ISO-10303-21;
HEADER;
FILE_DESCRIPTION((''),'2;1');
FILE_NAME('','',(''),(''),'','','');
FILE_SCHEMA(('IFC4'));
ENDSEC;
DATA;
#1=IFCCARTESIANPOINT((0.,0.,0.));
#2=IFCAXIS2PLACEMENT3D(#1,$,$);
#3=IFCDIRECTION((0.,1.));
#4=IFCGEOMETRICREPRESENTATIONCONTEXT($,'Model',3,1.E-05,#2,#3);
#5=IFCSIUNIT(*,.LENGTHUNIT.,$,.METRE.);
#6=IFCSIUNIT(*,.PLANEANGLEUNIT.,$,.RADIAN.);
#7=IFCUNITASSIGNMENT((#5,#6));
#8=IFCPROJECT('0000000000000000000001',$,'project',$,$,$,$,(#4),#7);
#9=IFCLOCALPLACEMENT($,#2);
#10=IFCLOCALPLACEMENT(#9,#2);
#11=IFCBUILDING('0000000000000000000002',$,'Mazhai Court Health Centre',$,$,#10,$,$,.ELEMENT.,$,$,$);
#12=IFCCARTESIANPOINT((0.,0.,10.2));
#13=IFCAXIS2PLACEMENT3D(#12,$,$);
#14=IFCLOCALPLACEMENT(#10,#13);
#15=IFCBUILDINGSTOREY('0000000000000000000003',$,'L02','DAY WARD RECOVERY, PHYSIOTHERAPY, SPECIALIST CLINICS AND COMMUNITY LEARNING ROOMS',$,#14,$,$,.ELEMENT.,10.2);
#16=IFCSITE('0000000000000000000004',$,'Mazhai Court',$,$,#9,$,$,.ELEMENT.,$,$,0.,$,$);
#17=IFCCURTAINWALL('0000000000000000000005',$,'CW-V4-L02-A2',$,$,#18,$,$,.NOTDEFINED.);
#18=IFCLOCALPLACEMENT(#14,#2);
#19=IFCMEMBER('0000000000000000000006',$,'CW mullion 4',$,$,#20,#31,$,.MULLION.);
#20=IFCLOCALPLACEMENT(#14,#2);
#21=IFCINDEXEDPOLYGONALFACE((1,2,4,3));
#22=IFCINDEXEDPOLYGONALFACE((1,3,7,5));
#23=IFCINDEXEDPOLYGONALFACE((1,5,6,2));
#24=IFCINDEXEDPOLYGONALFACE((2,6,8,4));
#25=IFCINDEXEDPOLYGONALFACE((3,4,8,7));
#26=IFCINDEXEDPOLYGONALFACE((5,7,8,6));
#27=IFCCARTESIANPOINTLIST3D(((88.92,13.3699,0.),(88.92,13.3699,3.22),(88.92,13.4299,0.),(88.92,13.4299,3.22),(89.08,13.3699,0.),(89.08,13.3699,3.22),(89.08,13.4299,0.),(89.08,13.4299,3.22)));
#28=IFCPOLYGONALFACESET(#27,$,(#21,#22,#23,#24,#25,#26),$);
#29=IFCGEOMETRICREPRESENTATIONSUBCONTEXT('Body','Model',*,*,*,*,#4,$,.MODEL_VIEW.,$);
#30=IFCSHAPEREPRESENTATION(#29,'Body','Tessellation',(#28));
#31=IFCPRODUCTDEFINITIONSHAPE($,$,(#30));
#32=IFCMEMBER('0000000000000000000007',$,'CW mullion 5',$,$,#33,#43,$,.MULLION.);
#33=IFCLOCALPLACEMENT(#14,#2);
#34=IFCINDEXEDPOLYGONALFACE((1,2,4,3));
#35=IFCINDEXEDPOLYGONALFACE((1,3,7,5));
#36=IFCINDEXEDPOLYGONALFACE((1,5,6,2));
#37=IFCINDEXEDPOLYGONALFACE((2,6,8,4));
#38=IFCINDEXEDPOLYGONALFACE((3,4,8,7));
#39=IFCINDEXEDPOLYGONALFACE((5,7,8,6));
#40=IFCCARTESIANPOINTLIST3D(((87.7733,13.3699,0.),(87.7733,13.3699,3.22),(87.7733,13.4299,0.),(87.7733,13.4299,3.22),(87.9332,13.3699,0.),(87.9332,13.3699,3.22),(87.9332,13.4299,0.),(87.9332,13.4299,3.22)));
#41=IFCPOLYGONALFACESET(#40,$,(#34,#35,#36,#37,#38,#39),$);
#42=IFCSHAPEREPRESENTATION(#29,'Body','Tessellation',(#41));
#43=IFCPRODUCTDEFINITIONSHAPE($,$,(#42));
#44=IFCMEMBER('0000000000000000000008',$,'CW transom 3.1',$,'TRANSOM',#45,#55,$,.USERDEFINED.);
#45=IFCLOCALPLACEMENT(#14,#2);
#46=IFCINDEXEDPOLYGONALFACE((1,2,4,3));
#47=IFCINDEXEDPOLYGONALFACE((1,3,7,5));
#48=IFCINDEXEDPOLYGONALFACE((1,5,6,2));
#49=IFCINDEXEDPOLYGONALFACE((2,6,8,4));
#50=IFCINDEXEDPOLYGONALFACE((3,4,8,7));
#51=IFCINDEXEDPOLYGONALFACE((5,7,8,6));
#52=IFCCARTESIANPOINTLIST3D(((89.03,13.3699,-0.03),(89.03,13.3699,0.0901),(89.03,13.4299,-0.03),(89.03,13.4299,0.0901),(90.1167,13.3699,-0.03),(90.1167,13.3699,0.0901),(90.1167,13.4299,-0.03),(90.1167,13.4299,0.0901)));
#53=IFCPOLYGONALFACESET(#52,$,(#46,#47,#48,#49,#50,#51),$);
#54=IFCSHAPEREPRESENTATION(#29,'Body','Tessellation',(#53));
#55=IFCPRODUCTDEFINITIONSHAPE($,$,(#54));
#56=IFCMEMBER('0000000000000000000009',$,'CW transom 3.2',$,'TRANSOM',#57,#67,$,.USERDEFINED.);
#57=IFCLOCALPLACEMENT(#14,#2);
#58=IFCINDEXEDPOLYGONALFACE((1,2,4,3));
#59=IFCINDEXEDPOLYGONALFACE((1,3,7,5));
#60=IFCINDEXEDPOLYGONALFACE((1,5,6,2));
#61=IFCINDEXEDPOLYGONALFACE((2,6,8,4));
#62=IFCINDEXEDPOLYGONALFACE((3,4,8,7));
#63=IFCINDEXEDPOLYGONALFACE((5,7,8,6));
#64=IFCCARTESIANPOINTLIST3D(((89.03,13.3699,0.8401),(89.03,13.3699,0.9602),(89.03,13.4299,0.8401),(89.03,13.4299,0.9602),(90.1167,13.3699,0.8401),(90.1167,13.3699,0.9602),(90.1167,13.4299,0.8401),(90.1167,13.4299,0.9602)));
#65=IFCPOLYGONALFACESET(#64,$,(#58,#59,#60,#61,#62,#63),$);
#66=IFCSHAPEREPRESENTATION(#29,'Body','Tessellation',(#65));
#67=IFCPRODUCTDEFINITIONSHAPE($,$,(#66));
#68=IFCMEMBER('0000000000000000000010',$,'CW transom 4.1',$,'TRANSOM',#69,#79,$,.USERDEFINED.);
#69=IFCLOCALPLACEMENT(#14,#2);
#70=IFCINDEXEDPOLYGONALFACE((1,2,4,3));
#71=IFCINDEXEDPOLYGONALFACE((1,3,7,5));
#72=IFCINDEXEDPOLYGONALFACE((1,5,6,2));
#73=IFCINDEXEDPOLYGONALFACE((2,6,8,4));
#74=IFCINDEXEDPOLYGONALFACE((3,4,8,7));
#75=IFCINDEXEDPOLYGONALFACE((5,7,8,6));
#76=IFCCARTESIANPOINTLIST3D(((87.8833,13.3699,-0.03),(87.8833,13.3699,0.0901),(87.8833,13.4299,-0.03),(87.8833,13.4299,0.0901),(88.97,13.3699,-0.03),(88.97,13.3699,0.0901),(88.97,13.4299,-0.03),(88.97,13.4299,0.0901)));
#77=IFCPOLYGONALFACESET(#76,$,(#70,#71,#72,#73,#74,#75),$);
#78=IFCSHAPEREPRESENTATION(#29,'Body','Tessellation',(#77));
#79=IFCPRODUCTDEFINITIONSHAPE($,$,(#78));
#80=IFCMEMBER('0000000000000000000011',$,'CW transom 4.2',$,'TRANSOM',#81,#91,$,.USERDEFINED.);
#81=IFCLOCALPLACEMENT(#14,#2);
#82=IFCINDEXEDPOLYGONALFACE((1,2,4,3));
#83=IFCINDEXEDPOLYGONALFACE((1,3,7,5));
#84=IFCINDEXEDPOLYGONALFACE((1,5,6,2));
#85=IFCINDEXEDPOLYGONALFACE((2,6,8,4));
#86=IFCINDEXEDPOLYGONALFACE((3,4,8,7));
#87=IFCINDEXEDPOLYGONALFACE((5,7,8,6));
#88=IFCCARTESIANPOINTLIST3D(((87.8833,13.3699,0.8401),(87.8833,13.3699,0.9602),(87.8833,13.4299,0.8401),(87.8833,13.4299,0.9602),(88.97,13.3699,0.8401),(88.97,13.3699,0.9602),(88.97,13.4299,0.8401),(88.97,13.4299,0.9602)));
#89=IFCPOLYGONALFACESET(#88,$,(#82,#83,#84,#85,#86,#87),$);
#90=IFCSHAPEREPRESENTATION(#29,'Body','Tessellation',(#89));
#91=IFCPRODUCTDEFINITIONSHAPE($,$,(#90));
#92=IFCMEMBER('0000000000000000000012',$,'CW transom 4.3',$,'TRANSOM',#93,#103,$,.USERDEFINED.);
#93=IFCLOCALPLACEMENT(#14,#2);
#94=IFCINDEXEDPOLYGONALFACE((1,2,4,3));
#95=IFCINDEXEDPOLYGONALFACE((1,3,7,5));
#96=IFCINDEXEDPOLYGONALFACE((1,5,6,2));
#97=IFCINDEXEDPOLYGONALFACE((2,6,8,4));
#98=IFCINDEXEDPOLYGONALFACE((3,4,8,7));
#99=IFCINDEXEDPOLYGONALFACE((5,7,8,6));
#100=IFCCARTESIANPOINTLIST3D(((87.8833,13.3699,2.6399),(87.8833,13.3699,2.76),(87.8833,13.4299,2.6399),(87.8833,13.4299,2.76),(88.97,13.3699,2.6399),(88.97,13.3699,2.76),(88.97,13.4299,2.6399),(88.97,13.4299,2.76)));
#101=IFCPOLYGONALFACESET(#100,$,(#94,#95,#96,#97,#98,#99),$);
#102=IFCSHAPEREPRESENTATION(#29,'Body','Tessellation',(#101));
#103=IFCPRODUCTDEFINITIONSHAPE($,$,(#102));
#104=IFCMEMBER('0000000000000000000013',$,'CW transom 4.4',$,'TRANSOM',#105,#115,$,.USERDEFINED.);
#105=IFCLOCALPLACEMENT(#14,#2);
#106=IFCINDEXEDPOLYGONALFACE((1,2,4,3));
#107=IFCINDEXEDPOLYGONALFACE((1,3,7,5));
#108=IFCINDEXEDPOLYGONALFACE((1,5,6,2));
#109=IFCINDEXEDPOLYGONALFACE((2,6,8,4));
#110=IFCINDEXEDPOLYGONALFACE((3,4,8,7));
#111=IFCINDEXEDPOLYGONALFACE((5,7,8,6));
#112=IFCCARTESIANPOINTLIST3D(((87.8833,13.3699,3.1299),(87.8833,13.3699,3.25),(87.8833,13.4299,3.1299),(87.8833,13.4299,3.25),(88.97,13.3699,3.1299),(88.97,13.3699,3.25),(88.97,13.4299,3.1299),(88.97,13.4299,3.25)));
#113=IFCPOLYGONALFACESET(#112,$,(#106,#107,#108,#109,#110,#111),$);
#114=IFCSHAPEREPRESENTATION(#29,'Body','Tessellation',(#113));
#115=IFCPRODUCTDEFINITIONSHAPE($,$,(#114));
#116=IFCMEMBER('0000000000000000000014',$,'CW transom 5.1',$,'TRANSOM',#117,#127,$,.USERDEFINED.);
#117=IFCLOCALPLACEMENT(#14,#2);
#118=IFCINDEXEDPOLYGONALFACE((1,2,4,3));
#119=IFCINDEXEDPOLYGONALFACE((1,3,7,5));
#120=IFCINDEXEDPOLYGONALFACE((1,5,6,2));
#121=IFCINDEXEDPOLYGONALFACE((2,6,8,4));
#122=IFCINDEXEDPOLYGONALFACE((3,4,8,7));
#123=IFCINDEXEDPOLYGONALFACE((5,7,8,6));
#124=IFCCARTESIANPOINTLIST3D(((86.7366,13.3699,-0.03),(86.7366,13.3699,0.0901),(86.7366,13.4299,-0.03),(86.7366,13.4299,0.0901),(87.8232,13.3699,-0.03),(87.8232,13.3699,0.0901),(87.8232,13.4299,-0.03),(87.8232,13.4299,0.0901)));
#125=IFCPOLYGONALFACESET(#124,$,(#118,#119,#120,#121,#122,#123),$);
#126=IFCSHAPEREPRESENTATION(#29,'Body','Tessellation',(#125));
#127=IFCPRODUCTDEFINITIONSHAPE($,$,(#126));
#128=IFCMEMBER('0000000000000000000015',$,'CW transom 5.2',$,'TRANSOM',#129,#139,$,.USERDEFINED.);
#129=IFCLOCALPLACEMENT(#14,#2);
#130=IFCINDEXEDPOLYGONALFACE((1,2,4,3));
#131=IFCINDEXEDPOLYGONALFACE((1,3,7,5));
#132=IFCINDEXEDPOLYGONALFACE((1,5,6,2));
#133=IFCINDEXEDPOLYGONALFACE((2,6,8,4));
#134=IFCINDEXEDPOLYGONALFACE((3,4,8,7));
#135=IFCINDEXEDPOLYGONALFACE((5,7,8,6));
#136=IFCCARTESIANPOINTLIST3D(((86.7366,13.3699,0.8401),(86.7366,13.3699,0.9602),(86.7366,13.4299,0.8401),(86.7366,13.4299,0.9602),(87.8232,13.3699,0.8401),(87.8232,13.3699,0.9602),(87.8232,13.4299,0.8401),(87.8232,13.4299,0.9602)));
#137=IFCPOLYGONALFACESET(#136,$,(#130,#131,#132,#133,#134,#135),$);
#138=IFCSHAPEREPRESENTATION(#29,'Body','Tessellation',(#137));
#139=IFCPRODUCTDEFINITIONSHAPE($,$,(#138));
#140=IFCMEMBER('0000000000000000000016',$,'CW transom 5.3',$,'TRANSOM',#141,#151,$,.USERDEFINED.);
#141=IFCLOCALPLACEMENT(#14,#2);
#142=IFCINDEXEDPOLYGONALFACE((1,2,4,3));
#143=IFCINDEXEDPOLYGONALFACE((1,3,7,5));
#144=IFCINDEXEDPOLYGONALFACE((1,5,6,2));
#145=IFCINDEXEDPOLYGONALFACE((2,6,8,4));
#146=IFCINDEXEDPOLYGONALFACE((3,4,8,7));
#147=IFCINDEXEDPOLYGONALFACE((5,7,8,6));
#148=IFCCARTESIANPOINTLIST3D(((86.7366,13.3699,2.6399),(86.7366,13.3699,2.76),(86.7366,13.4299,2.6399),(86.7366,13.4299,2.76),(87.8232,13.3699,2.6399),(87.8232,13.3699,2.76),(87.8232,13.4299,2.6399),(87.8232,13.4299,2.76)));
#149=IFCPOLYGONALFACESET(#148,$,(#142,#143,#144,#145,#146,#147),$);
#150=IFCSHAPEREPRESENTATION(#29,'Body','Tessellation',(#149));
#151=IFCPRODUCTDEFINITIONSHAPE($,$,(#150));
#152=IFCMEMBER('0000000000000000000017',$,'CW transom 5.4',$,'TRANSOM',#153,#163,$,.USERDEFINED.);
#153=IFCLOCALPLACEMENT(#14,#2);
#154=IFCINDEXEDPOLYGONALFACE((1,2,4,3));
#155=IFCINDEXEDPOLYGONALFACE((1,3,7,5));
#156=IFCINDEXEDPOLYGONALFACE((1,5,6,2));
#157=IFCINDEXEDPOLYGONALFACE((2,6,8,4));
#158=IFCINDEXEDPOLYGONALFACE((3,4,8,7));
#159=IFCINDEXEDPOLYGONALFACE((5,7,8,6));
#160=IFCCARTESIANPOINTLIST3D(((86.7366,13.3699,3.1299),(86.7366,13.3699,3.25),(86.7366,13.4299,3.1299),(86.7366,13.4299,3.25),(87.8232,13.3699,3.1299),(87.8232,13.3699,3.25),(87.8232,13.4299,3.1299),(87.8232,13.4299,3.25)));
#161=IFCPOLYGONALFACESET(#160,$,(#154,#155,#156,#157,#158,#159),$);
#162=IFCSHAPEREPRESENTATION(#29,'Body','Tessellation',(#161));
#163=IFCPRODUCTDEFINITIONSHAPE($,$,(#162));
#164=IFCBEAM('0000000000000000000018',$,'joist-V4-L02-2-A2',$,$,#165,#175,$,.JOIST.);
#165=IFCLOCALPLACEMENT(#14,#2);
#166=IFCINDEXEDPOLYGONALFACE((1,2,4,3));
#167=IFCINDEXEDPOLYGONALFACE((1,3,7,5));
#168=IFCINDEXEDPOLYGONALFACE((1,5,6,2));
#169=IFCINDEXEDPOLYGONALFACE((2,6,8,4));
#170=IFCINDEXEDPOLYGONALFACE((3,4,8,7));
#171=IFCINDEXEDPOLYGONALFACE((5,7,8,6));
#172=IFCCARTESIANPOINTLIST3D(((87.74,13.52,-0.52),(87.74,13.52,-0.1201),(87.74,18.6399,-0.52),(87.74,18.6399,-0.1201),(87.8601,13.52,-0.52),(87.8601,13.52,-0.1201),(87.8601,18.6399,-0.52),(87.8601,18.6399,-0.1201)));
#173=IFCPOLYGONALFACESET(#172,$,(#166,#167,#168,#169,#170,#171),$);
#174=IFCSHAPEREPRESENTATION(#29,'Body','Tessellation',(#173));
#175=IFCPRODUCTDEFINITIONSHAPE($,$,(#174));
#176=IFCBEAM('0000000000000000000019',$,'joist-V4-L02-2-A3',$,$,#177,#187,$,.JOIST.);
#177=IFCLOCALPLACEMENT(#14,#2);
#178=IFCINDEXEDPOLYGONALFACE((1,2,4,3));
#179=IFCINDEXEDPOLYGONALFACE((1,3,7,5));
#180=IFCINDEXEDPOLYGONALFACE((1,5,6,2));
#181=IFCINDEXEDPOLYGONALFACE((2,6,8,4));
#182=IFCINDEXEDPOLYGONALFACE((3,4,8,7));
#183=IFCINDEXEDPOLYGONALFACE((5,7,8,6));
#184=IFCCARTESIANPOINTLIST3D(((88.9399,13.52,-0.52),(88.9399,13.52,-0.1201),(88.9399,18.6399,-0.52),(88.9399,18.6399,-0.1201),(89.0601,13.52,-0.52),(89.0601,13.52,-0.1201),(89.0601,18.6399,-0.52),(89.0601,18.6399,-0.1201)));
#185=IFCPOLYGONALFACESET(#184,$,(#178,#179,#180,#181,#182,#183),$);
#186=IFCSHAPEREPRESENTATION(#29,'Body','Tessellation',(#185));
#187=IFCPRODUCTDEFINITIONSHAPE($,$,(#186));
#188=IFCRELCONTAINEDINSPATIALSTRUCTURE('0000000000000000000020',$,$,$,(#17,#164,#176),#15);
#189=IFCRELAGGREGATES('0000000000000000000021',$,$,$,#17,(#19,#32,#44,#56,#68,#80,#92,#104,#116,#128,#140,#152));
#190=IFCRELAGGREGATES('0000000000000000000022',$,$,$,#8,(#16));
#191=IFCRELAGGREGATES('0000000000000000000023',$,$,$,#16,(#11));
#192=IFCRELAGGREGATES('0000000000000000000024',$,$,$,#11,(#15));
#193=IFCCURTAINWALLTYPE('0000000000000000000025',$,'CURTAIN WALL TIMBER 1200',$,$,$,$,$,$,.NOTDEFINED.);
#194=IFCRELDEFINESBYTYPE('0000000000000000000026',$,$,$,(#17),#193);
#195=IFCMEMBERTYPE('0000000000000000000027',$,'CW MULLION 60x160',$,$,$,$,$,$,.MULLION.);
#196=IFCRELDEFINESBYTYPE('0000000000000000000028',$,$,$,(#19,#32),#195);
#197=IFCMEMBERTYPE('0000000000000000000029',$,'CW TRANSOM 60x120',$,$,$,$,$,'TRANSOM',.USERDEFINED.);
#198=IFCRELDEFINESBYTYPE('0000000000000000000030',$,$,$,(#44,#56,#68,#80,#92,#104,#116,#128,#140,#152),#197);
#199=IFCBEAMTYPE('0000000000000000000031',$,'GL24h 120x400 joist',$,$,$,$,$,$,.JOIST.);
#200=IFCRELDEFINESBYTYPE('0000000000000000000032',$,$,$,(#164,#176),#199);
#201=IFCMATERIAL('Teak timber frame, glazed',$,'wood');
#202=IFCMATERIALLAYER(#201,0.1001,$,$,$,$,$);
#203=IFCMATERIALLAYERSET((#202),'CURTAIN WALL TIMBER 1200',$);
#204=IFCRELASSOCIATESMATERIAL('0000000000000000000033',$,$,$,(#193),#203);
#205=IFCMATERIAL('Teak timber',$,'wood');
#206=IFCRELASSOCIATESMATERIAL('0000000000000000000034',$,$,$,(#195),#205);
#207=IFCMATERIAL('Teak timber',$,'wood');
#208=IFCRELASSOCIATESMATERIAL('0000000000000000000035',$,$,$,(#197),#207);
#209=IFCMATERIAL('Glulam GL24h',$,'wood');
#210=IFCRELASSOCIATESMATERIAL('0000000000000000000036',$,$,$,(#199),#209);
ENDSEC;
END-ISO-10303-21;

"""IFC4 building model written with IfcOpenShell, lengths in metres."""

from ifc_helpers import new_model, si_unit, direction, frame, origin, origin_2d, place, context, subcontext, project, spatial, rectangle, extrude, material, layer, layer_set, material_profile, profile_set, type_object, element, aggregate, save


model = new_model("IFC4")

# Units and contexts
model_context = context("Model", 3, precision=1e-05, world=origin(), true_north=direction((0.0, 1.0)))
body_context = subcontext(model_context, "Body", "Model", "MODEL_VIEW")
ifc_project = project(units=[si_unit("LENGTHUNIT", "METRE"), si_unit("PLANEANGLEUNIT", "RADIAN")], contexts=[model_context])

# Site, building, storey
site_placement = place(None, origin())
site = spatial("IfcSite", under=ifc_project, at=site_placement, Name="Mazhai Court", CompositionType="ELEMENT", RefElevation=0.0)
building_placement = place(site_placement, origin())
building = spatial("IfcBuilding", under=site, at=building_placement, Name="Mazhai Court Health Centre", CompositionType="ELEMENT")
storey_placement = place(building_placement, frame((0.0, 0.0, 10.2)))
storey = spatial("IfcBuildingStorey", under=building, at=storey_placement, Name="L02", Description="DAY WARD RECOVERY, PHYSIOTHERAPY, SPECIALIST CLINICS AND COMMUNITY LEARNING ROOMS", CompositionType="ELEMENT", Elevation=10.2)

# Curtain wall, members
ifc_material_1 = material(Name="Teak timber frame, glazed", Category="wood")
ifc_layer_1 = layer(ifc_material_1, 0.1001)
ifc_layer_set_1 = layer_set([ifc_layer_1], Name="CURTAIN WALL TIMBER 1200")
curtain_wall_type = type_object("IfcCurtainWallType", Name="CURTAIN WALL TIMBER 1200", PredefinedType="NOTDEFINED", material=ifc_layer_set_1)
curtain_wall_placement = place(storey_placement, origin())
curtain_wall = element("IfcCurtainWall", 1, at=curtain_wall_placement, inside=storey, type_object=curtain_wall_type, Name="CW-V4-L02-A2", PredefinedType="NOTDEFINED")
ifc_material_2 = material(Name="Teak timber", Category="wood")
ifc_material_profile_1 = material_profile(ifc_material_2, rectangle(XDim=0.0601, YDim=0.1599, at=origin_2d()), Name="CW MULLION 60x160")
ifc_profile_set_1 = profile_set([ifc_material_profile_1], Name="Teak timber")
member_type_1 = type_object("IfcMemberType", Name="CW MULLION 60x160", PredefinedType="MULLION", material=ifc_profile_set_1)
member_1_placement = place(storey_placement, frame((89.0, 13.3999, 0.0), z_axis=(0.0, 0.0, 1.0), x_axis=(0.0, -1.0, 0.0)))
member_1 = element("IfcMember", 2, at=member_1_placement, type_object=member_type_1, Name="CW mullion 4", PredefinedType="MULLION", context=body_context, shape_type="SweptSolid", body=[
    extrude(rectangle(XDim=0.0601, YDim=0.1599, at=origin_2d()), origin(), (0.0, 0.0, 1.0), 3.22),
])
member_2_placement = place(storey_placement, frame((87.8533, 13.3999, 0.0), z_axis=(0.0, 0.0, 1.0), x_axis=(0.0, -1.0, 0.0)))
member_2 = element("IfcMember", 3, at=member_2_placement, type_object=member_type_1, Name="CW mullion 5", PredefinedType="MULLION", context=body_context, shape_type="SweptSolid", body=[
    extrude(rectangle(XDim=0.0601, YDim=0.1599, at=origin_2d()), origin(), (0.0, 0.0, 1.0), 3.22),
])
ifc_material_3 = material(Name="Teak timber", Category="wood")
ifc_material_profile_2 = material_profile(ifc_material_3, rectangle(XDim=0.0601, YDim=0.1201, at=origin_2d()), Name="CW TRANSOM 60x120")
ifc_profile_set_2 = profile_set([ifc_material_profile_2], Name="Teak timber")
member_type_2 = type_object("IfcMemberType", Name="CW TRANSOM 60x120", ElementType="TRANSOM", PredefinedType="USERDEFINED", material=ifc_profile_set_2)
member_3_placement = place(storey_placement, frame((90.1167, 13.3999, 0.03), z_axis=(-1.0, 0.0, 0.0), x_axis=(0.0, -1.0, 0.0)))
member_3 = element("IfcMember", 4, at=member_3_placement, type_object=member_type_2, Name="CW transom 3.1", ObjectType="TRANSOM", PredefinedType="USERDEFINED", context=body_context, shape_type="SweptSolid", body=[
    extrude(rectangle(XDim=0.0601, YDim=0.1201, at=origin_2d()), origin(), (0.0, 0.0, 1.0), 1.0867),
])
member_4_placement = place(storey_placement, frame((90.1167, 13.3999, 0.9001), z_axis=(-1.0, 0.0, 0.0), x_axis=(0.0, -1.0, 0.0)))
member_4 = element("IfcMember", 5, at=member_4_placement, type_object=member_type_2, Name="CW transom 3.2", ObjectType="TRANSOM", PredefinedType="USERDEFINED", context=body_context, shape_type="SweptSolid", body=[
    extrude(rectangle(XDim=0.0601, YDim=0.1201, at=origin_2d()), origin(), (0.0, 0.0, 1.0), 1.0867),
])
member_5_placement = place(storey_placement, frame((88.97, 13.3999, 0.03), z_axis=(-1.0, 0.0, 0.0), x_axis=(0.0, -1.0, 0.0)))
member_5 = element("IfcMember", 6, at=member_5_placement, type_object=member_type_2, Name="CW transom 4.1", ObjectType="TRANSOM", PredefinedType="USERDEFINED", context=body_context, shape_type="SweptSolid", body=[
    extrude(rectangle(XDim=0.0601, YDim=0.1201, at=origin_2d()), origin(), (0.0, 0.0, 1.0), 1.0867),
])
member_6_placement = place(storey_placement, frame((88.97, 13.3999, 0.9001), z_axis=(-1.0, 0.0, 0.0), x_axis=(0.0, -1.0, 0.0)))
member_6 = element("IfcMember", 7, at=member_6_placement, type_object=member_type_2, Name="CW transom 4.2", ObjectType="TRANSOM", PredefinedType="USERDEFINED", context=body_context, shape_type="SweptSolid", body=[
    extrude(rectangle(XDim=0.0601, YDim=0.1201, at=origin_2d()), origin(), (0.0, 0.0, 1.0), 1.0867),
])
member_7_placement = place(storey_placement, frame((88.97, 13.3999, 2.7), z_axis=(-1.0, 0.0, 0.0), x_axis=(0.0, -1.0, 0.0)))
member_7 = element("IfcMember", 8, at=member_7_placement, type_object=member_type_2, Name="CW transom 4.3", ObjectType="TRANSOM", PredefinedType="USERDEFINED", context=body_context, shape_type="SweptSolid", body=[
    extrude(rectangle(XDim=0.0601, YDim=0.1201, at=origin_2d()), origin(), (0.0, 0.0, 1.0), 1.0867),
])
member_8_placement = place(storey_placement, frame((88.97, 13.3999, 3.1899), z_axis=(-1.0, 0.0, 0.0), x_axis=(0.0, -1.0, 0.0)))
member_8 = element("IfcMember", 9, at=member_8_placement, type_object=member_type_2, Name="CW transom 4.4", ObjectType="TRANSOM", PredefinedType="USERDEFINED", context=body_context, shape_type="SweptSolid", body=[
    extrude(rectangle(XDim=0.0601, YDim=0.1201, at=origin_2d()), origin(), (0.0, 0.0, 1.0), 1.0867),
])
member_9_placement = place(storey_placement, frame((87.8232, 13.3999, 0.03), z_axis=(-1.0, 0.0, 0.0), x_axis=(0.0, -1.0, 0.0)))
member_9 = element("IfcMember", 10, at=member_9_placement, type_object=member_type_2, Name="CW transom 5.1", ObjectType="TRANSOM", PredefinedType="USERDEFINED", context=body_context, shape_type="SweptSolid", body=[
    extrude(rectangle(XDim=0.0601, YDim=0.1201, at=origin_2d()), origin(), (0.0, 0.0, 1.0), 1.0867),
])
member_10_placement = place(storey_placement, frame((87.8232, 13.3999, 0.9001), z_axis=(-1.0, 0.0, 0.0), x_axis=(0.0, -1.0, 0.0)))
member_10 = element("IfcMember", 11, at=member_10_placement, type_object=member_type_2, Name="CW transom 5.2", ObjectType="TRANSOM", PredefinedType="USERDEFINED", context=body_context, shape_type="SweptSolid", body=[
    extrude(rectangle(XDim=0.0601, YDim=0.1201, at=origin_2d()), origin(), (0.0, 0.0, 1.0), 1.0867),
])
member_11_placement = place(storey_placement, frame((87.8232, 13.3999, 2.7), z_axis=(-1.0, 0.0, 0.0), x_axis=(0.0, -1.0, 0.0)))
member_11 = element("IfcMember", 12, at=member_11_placement, type_object=member_type_2, Name="CW transom 5.3", ObjectType="TRANSOM", PredefinedType="USERDEFINED", context=body_context, shape_type="SweptSolid", body=[
    extrude(rectangle(XDim=0.0601, YDim=0.1201, at=origin_2d()), origin(), (0.0, 0.0, 1.0), 1.0867),
])
member_12_placement = place(storey_placement, frame((87.8232, 13.3999, 3.1899), z_axis=(-1.0, 0.0, 0.0), x_axis=(0.0, -1.0, 0.0)))
member_12 = element("IfcMember", 13, at=member_12_placement, type_object=member_type_2, Name="CW transom 5.4", ObjectType="TRANSOM", PredefinedType="USERDEFINED", context=body_context, shape_type="SweptSolid", body=[
    extrude(rectangle(XDim=0.0601, YDim=0.1201, at=origin_2d()), origin(), (0.0, 0.0, 1.0), 1.0867),
])

# Beams
ifc_material_4 = material(Name="Glulam GL24h", Category="wood")
ifc_material_profile_3 = material_profile(ifc_material_4, rectangle(XDim=0.1201, YDim=0.3999, at=origin_2d()), Name="GL24h 120x400")
ifc_profile_set_3 = profile_set([ifc_material_profile_3], Name="Glulam GL24h")
beam_type = type_object("IfcBeamType", Name="GL24h 120x400 joist", PredefinedType="JOIST", material=ifc_profile_set_3)
for number, where, z_axis, x_axis, name in (
    (14, (87.8, 13.52, -0.3201), (0.0, 1.0, 0.0), (-1.0, 0.0, 0.0), "joist-V4-L02-2-A2"),
    (15, (89.0, 13.52, -0.3201), (0.0, 1.0, 0.0), (-1.0, 0.0, 0.0), "joist-V4-L02-2-A3"),
):
    element("IfcBeam", number, at=place(storey_placement, frame(where, z_axis=z_axis, x_axis=x_axis)), inside=storey, type_object=beam_type, Name=name, PredefinedType="JOIST", context=body_context, shape_type="SweptSolid", body=[
        extrude(rectangle(XDim=0.1201, YDim=0.3999, at=origin_2d()), origin(), (0.0, 0.0, 1.0), 5.1199),
    ])

aggregate(curtain_wall, [member_1, member_2, member_3, member_4, member_5, member_6, member_7, member_8, member_9, member_10, member_11, member_12])

save(model, "model.ifc")
